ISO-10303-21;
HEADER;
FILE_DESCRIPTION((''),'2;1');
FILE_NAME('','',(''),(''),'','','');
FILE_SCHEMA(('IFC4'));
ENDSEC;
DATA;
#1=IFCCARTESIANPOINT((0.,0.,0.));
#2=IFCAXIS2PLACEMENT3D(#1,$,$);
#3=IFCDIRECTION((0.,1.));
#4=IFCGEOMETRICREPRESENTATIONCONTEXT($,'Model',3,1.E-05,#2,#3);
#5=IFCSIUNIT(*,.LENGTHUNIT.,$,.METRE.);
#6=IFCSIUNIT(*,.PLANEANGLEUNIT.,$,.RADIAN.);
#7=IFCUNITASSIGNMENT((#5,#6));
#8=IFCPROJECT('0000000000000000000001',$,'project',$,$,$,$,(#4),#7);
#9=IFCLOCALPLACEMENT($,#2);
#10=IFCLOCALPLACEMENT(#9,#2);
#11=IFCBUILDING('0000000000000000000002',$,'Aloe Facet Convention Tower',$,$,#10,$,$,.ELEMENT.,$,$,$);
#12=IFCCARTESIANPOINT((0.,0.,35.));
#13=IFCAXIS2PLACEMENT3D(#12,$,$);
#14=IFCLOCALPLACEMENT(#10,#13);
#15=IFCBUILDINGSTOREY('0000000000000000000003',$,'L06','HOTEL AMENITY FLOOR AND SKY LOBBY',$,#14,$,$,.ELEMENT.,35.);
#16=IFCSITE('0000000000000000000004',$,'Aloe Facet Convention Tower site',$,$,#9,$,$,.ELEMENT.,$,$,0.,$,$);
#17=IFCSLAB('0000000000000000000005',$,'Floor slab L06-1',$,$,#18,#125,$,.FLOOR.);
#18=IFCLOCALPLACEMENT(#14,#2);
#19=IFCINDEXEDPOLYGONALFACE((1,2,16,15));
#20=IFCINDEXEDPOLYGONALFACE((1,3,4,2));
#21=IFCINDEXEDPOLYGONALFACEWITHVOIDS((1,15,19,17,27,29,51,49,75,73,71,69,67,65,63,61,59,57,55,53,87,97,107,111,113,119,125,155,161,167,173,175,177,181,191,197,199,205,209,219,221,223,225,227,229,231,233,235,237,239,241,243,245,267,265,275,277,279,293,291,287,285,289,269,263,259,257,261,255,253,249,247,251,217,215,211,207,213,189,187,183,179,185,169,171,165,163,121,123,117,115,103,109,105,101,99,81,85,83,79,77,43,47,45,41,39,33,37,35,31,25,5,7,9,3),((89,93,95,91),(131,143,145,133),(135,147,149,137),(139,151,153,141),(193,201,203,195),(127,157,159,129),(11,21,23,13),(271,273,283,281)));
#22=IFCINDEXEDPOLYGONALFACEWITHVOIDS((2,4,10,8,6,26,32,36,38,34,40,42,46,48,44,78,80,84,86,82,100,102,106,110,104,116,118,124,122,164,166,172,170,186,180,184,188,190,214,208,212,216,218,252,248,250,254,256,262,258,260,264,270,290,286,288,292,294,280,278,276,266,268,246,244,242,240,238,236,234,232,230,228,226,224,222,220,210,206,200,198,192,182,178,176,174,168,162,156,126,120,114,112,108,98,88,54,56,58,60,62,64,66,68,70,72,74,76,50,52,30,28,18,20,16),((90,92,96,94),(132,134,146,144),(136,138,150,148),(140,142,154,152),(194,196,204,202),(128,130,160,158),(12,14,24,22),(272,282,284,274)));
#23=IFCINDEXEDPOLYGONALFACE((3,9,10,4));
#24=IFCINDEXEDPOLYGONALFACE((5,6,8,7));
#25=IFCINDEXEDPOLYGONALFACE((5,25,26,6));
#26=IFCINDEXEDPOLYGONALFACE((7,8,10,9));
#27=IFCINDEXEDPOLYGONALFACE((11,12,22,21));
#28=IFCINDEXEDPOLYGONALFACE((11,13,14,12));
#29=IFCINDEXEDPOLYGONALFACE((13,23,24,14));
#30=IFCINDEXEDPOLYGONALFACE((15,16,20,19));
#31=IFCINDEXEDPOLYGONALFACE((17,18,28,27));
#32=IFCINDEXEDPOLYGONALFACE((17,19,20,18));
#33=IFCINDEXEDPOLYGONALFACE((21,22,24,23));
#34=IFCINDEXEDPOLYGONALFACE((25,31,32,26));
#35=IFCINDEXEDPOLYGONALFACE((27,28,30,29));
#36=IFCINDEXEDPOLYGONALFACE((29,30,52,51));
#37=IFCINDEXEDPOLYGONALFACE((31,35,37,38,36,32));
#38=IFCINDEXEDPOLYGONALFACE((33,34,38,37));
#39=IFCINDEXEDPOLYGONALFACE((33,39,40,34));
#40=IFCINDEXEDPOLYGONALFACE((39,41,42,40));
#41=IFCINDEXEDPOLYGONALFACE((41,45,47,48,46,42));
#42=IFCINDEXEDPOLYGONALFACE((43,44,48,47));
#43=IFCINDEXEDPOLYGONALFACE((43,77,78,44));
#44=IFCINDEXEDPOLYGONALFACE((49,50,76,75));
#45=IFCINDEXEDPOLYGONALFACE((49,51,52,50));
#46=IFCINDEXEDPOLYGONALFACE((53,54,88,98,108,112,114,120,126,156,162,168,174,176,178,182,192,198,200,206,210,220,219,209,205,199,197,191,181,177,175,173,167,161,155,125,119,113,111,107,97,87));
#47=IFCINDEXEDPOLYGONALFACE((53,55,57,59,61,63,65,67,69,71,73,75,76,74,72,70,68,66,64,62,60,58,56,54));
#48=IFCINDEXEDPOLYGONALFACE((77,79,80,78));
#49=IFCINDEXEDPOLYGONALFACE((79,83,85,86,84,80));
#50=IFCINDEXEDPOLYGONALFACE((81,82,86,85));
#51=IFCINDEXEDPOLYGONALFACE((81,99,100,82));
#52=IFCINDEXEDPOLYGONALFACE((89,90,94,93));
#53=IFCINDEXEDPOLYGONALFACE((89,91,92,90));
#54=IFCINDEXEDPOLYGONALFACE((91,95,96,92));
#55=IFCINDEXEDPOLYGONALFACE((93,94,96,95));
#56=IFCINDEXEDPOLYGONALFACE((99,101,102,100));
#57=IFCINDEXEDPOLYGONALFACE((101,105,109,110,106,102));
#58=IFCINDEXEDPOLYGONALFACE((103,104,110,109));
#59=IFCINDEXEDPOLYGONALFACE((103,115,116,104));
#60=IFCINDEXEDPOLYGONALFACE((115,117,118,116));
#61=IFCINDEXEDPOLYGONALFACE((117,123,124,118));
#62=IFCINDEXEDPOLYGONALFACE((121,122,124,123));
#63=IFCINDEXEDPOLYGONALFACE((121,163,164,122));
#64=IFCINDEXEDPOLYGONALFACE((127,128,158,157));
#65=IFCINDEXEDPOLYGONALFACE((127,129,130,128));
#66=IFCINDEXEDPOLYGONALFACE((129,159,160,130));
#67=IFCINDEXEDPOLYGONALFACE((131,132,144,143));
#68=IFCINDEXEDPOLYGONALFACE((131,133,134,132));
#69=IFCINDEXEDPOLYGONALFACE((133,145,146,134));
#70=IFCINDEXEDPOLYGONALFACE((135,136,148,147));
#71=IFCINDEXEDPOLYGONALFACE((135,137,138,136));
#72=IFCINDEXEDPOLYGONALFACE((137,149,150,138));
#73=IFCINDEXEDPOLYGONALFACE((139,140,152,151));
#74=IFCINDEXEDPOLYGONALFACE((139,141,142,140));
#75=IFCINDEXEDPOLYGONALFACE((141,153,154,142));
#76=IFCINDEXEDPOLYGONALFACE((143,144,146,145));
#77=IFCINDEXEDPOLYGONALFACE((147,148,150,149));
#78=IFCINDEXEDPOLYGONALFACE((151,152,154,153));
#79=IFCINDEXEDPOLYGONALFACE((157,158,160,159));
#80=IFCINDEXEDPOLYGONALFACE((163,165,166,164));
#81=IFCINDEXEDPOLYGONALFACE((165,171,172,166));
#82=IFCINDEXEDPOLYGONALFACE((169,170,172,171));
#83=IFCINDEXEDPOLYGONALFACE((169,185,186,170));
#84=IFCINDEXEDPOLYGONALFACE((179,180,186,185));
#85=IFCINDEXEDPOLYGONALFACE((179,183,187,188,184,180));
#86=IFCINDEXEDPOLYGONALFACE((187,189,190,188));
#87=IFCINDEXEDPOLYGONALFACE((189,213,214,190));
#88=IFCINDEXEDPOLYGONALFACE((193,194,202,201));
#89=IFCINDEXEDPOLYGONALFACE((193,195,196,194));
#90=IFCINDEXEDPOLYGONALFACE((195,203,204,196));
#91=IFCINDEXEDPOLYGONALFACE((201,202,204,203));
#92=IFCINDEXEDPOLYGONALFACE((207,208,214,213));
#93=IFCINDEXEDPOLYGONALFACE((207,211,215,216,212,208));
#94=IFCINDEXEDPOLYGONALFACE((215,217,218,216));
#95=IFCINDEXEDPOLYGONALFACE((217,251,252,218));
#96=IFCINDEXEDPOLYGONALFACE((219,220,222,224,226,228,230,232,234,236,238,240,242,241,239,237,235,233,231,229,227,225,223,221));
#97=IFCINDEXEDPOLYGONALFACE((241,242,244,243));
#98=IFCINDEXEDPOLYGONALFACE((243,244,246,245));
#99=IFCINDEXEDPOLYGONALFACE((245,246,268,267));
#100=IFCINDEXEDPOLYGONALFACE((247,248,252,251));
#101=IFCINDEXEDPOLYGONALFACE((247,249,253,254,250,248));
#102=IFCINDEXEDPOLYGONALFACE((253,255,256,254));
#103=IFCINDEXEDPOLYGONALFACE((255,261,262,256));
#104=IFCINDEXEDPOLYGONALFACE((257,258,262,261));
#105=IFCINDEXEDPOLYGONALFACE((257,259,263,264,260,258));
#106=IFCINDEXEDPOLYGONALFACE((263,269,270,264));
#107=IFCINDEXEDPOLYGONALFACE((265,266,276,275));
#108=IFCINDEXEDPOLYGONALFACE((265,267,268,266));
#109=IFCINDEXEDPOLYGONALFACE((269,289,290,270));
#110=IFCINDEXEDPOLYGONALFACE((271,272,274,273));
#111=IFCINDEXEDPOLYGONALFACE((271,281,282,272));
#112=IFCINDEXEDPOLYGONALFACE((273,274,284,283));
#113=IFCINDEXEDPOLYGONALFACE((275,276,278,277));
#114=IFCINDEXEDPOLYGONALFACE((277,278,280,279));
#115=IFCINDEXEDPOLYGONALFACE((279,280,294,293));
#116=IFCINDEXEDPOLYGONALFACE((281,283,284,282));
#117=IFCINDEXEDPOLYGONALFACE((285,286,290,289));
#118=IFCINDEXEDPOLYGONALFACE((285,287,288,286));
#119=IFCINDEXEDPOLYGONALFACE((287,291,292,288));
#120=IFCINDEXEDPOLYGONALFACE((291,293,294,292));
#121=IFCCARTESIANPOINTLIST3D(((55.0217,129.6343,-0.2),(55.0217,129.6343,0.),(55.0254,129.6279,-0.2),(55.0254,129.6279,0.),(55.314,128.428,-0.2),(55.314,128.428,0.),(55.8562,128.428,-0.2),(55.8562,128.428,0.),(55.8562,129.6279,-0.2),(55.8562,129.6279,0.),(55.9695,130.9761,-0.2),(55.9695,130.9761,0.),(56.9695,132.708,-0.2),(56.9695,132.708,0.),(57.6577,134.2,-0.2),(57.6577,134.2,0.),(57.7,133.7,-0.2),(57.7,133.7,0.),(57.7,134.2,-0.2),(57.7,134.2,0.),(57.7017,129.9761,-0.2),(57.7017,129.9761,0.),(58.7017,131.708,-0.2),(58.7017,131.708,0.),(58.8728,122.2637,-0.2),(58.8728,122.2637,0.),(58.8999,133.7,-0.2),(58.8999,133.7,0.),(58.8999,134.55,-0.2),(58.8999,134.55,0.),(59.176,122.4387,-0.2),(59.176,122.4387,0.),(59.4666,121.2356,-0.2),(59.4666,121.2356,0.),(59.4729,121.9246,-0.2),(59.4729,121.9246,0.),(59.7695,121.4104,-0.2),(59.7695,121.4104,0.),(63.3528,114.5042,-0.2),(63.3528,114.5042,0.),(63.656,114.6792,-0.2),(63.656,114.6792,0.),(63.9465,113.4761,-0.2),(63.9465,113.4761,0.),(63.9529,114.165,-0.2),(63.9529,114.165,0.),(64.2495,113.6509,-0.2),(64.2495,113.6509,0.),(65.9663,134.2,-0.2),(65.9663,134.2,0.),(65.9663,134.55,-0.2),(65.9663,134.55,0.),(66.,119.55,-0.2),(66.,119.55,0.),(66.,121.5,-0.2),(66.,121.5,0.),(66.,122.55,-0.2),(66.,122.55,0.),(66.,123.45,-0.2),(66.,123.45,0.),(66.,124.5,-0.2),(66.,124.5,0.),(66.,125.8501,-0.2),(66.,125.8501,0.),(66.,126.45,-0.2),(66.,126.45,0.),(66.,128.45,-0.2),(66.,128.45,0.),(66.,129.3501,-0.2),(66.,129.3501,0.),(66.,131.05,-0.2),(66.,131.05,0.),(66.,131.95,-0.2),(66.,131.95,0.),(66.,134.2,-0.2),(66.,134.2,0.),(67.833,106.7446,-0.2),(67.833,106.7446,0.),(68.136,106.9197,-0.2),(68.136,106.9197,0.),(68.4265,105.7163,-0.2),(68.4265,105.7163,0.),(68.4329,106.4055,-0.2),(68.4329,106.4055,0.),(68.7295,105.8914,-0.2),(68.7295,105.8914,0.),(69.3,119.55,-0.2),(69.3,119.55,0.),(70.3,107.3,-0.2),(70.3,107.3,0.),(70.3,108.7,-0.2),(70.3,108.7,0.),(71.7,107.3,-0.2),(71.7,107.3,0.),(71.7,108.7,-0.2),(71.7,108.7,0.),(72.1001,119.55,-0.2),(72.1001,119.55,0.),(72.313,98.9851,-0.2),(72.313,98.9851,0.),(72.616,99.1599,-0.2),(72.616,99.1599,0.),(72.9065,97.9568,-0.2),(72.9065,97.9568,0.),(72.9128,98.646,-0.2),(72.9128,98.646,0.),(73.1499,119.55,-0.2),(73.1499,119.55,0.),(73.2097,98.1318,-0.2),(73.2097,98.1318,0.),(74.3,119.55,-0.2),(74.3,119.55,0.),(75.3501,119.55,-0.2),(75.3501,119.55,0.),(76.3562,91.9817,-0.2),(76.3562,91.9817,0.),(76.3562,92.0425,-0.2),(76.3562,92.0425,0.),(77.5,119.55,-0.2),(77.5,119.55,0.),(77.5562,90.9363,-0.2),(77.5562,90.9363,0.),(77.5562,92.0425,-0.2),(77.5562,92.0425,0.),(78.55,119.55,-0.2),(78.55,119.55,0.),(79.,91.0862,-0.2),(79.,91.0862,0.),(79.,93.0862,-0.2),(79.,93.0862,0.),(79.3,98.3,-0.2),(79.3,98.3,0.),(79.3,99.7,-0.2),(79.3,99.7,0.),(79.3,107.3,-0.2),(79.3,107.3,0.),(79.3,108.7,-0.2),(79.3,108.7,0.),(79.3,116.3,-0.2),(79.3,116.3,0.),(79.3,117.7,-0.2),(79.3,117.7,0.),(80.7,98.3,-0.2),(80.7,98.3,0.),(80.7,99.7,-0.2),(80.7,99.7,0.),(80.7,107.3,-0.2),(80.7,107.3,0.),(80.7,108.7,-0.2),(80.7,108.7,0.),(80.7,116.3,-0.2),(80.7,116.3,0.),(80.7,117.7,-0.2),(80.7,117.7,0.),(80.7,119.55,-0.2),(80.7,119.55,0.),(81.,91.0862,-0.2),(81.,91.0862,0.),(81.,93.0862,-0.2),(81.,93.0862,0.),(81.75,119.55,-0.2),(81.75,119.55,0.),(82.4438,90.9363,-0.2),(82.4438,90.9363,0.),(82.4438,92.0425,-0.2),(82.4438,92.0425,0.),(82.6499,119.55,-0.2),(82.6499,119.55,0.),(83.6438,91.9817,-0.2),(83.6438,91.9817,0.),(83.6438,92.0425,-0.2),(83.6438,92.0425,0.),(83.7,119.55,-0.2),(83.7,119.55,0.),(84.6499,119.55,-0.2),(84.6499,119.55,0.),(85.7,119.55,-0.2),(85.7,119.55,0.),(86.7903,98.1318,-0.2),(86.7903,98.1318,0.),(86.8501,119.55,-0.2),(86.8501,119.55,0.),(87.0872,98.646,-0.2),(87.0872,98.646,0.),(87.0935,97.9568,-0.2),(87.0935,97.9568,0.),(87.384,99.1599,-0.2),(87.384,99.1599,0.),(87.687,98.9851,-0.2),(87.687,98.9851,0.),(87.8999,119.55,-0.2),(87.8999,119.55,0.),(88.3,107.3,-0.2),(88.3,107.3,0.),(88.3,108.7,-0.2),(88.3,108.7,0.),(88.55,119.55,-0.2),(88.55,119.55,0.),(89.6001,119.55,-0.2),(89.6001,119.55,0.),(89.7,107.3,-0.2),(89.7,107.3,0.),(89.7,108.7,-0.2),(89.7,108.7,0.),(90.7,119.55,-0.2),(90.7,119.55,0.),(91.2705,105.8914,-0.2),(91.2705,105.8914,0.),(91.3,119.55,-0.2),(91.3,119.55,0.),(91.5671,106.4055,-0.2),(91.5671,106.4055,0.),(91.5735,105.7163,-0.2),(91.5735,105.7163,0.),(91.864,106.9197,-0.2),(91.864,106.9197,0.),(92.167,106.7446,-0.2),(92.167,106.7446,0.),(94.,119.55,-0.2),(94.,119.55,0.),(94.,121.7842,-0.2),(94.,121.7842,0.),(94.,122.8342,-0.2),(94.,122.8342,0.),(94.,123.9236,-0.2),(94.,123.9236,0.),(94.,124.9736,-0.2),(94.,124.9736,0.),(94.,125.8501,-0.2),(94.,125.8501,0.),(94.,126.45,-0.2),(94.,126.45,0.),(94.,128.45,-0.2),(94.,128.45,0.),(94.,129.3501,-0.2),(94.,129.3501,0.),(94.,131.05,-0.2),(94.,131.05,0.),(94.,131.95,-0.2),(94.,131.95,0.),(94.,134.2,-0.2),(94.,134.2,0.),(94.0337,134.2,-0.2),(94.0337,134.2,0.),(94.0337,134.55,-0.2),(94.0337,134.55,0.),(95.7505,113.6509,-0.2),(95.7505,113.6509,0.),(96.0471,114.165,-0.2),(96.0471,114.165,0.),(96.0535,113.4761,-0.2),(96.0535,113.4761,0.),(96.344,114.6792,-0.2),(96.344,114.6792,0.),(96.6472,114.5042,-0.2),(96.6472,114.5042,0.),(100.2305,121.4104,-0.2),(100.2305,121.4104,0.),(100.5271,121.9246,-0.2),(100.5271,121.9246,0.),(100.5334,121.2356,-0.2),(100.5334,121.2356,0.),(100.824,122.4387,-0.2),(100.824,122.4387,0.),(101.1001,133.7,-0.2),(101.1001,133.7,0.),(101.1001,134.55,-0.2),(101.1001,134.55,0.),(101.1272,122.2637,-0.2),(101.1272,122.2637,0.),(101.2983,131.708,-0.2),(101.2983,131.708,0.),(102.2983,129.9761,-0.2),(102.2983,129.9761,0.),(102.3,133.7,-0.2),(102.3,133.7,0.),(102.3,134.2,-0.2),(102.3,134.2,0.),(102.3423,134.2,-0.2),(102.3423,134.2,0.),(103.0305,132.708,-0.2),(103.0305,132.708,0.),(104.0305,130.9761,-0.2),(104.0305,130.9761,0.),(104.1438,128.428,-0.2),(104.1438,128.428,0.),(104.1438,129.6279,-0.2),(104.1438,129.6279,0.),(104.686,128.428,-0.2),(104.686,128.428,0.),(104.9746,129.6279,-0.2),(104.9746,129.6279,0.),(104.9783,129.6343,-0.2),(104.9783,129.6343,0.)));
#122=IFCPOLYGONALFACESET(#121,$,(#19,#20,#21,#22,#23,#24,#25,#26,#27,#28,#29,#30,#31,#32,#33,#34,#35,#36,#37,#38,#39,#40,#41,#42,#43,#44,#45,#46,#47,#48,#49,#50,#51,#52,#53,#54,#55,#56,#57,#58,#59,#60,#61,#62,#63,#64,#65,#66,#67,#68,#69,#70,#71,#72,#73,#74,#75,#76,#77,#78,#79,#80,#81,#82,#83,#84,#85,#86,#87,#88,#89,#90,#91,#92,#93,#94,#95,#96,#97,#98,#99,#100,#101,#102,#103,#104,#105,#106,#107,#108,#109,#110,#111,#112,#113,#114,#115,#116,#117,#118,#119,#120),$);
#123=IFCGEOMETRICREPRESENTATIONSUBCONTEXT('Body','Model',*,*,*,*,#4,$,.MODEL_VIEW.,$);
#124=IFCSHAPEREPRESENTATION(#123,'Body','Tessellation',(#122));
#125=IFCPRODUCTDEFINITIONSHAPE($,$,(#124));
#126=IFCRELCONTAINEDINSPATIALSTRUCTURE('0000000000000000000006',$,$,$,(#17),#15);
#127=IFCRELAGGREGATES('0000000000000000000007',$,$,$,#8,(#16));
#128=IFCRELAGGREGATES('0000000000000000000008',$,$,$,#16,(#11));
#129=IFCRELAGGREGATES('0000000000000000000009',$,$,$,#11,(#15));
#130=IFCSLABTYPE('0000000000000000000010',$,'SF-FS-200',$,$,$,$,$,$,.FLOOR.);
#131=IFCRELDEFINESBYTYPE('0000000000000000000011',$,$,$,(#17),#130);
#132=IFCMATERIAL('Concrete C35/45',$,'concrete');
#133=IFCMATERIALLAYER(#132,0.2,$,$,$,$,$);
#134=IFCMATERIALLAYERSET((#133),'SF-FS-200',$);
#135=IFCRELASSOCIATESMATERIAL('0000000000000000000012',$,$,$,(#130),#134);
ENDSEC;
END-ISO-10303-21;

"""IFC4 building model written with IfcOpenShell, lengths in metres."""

from ifc_helpers import new_model, si_unit, direction, frame, origin, place, context, subcontext, project, spatial, polyline, outline, extrude, material, layer, layer_set, type_object, element, save


model = new_model("IFC4")

# Units and contexts
model_context = context("Model", 3, precision=1e-05, world=origin(), true_north=direction((0.0, 1.0)))
body_context = subcontext(model_context, "Body", "Model", "MODEL_VIEW")
ifc_project = project(units=[si_unit("LENGTHUNIT", "METRE"), si_unit("PLANEANGLEUNIT", "RADIAN")], contexts=[model_context])

# Site, building, storey
site_placement = place(None, origin())
site = spatial("IfcSite", under=ifc_project, at=site_placement, Name="Aloe Facet Convention Tower site", CompositionType="ELEMENT", RefElevation=0.0)
building_placement = place(site_placement, origin())
building = spatial("IfcBuilding", under=site, at=building_placement, Name="Aloe Facet Convention Tower", CompositionType="ELEMENT")
storey_placement = place(building_placement, frame((0.0, 0.0, 35.0)))
storey = spatial("IfcBuildingStorey", under=building, at=storey_placement, Name="L06", Description="HOTEL AMENITY FLOOR AND SKY LOBBY", CompositionType="ELEMENT", Elevation=35.0)

# Slab
ifc_material_1 = material(Name="Concrete C35/45", Category="concrete")
ifc_layer_1 = layer(ifc_material_1, 0.2)
ifc_layer_set_1 = layer_set([ifc_layer_1], Name="SF-FS-200")
slab_type_1 = type_object("IfcSlabType", Name="SF-FS-200", PredefinedType="FLOOR", material=ifc_layer_set_1)
slab_1_placement = place(storey_placement, frame((0.0, 0.0, -0.2)))
element("IfcSlab", 1, at=slab_1_placement, inside=storey, type_object=slab_type_1, Name="Floor slab L06-1", PredefinedType="FLOOR", context=body_context, shape_type="SweptSolid", body=[
    extrude(outline(polyline([(104.9783, 129.6343), (104.9746, 129.6279), (104.1438, 129.6279), (104.1438, 128.428), (104.686, 128.428), (101.1272, 122.2637), (100.824, 122.4387), (100.5271, 121.9246), (100.2305, 121.4104), (100.5334, 121.2356), (96.6472, 114.5042), (96.344, 114.6792), (96.0471, 114.165), (95.7505, 113.6509), (96.0535, 113.4761), (92.167, 106.7446), (91.864, 106.9197), (91.5671, 106.4055), (91.2705, 105.8914), (91.5735, 105.7163), (87.687, 98.9851), (87.384, 99.1599), (87.0872, 98.646), (86.7903, 98.1318), (87.0935, 97.9568), (83.6438, 91.9817), (83.6438, 92.0425), (82.4438, 92.0425), (82.4438, 90.9363), (77.5562, 90.9363), (77.5562, 92.0425), (76.3562, 92.0425), (76.3562, 91.9817), (72.9065, 97.9568), (73.2097, 98.1318), (72.9128, 98.646), (72.616, 99.1599), (72.313, 98.9851), (68.4265, 105.7163), (68.7295, 105.8914), (68.4329, 106.4055), (68.136, 106.9197), (67.833, 106.7446), (63.9465, 113.4761), (64.2495, 113.6509), (63.9529, 114.165), (63.656, 114.6792), (63.3528, 114.5042), (59.4666, 121.2356), (59.7695, 121.4104), (59.4729, 121.9246), (59.176, 122.4387), (58.8728, 122.2637), (55.314, 128.428), (55.8562, 128.428), (55.8562, 129.6279), (55.0254, 129.6279), (55.0217, 129.6343), (57.6577, 134.2), (57.7, 134.2), (57.7, 133.7), (58.8999, 133.7), (58.8999, 134.55), (65.9663, 134.55), (65.9663, 134.2), (66.0, 134.2), (66.0, 131.95), (66.0, 131.05), (66.0, 129.3501), (66.0, 128.45), (66.0, 126.45), (66.0, 125.8501), (66.0, 124.5), (66.0, 123.45), (66.0, 122.55), (66.0, 121.5), (66.0, 119.55), (69.3, 119.55), (72.1001, 119.55), (73.1499, 119.55), (74.3, 119.55), (75.3501, 119.55), (77.5, 119.55), (78.55, 119.55), (80.7, 119.55), (81.75, 119.55), (82.6499, 119.55), (83.7, 119.55), (84.6499, 119.55), (85.7, 119.55), (86.8501, 119.55), (87.8999, 119.55), (88.55, 119.55), (89.6001, 119.55), (90.7, 119.55), (91.3, 119.55), (94.0, 119.55), (94.0, 121.7842), (94.0, 122.8342), (94.0, 123.9236), (94.0, 124.9736), (94.0, 125.8501), (94.0, 126.45), (94.0, 128.45), (94.0, 129.3501), (94.0, 131.05), (94.0, 131.95), (94.0, 134.2), (94.0337, 134.2), (94.0337, 134.55), (101.1001, 134.55), (101.1001, 133.7), (102.3, 133.7), (102.3, 134.2), (102.3423, 134.2), (104.9783, 129.6343)]), holes=[polyline([(70.3, 107.3), (71.7, 107.3), (71.7, 108.7), (70.3, 108.7), (70.3, 107.3)]), polyline([(58.7017, 131.708), (56.9695, 132.708), (55.9695, 130.9761), (57.7017, 129.9761), (58.7017, 131.708)]), polyline([(79.0, 93.0862), (79.0, 91.0862), (81.0, 91.0862), (81.0, 93.0862), (79.0, 93.0862)]), polyline([(79.3, 98.3), (80.7, 98.3), (80.7, 99.7), (79.3, 99.7), (79.3, 98.3)]), polyline([(79.3, 107.3), (80.7, 107.3), (80.7, 108.7), (79.3, 108.7), (79.3, 107.3)]), polyline([(79.3, 116.3), (80.7, 116.3), (80.7, 117.7), (79.3, 117.7), (79.3, 116.3)]), polyline([(89.7, 107.3), (89.7, 108.7), (88.3, 108.7), (88.3, 107.3), (89.7, 107.3)]), polyline([(102.2983, 129.9761), (104.0305, 130.9761), (103.0305, 132.708), (101.2983, 131.708), (102.2983, 129.9761)])]), origin(), (0.0, 0.0, 1.0), 0.2),
])

save(model, "model.ifc")
